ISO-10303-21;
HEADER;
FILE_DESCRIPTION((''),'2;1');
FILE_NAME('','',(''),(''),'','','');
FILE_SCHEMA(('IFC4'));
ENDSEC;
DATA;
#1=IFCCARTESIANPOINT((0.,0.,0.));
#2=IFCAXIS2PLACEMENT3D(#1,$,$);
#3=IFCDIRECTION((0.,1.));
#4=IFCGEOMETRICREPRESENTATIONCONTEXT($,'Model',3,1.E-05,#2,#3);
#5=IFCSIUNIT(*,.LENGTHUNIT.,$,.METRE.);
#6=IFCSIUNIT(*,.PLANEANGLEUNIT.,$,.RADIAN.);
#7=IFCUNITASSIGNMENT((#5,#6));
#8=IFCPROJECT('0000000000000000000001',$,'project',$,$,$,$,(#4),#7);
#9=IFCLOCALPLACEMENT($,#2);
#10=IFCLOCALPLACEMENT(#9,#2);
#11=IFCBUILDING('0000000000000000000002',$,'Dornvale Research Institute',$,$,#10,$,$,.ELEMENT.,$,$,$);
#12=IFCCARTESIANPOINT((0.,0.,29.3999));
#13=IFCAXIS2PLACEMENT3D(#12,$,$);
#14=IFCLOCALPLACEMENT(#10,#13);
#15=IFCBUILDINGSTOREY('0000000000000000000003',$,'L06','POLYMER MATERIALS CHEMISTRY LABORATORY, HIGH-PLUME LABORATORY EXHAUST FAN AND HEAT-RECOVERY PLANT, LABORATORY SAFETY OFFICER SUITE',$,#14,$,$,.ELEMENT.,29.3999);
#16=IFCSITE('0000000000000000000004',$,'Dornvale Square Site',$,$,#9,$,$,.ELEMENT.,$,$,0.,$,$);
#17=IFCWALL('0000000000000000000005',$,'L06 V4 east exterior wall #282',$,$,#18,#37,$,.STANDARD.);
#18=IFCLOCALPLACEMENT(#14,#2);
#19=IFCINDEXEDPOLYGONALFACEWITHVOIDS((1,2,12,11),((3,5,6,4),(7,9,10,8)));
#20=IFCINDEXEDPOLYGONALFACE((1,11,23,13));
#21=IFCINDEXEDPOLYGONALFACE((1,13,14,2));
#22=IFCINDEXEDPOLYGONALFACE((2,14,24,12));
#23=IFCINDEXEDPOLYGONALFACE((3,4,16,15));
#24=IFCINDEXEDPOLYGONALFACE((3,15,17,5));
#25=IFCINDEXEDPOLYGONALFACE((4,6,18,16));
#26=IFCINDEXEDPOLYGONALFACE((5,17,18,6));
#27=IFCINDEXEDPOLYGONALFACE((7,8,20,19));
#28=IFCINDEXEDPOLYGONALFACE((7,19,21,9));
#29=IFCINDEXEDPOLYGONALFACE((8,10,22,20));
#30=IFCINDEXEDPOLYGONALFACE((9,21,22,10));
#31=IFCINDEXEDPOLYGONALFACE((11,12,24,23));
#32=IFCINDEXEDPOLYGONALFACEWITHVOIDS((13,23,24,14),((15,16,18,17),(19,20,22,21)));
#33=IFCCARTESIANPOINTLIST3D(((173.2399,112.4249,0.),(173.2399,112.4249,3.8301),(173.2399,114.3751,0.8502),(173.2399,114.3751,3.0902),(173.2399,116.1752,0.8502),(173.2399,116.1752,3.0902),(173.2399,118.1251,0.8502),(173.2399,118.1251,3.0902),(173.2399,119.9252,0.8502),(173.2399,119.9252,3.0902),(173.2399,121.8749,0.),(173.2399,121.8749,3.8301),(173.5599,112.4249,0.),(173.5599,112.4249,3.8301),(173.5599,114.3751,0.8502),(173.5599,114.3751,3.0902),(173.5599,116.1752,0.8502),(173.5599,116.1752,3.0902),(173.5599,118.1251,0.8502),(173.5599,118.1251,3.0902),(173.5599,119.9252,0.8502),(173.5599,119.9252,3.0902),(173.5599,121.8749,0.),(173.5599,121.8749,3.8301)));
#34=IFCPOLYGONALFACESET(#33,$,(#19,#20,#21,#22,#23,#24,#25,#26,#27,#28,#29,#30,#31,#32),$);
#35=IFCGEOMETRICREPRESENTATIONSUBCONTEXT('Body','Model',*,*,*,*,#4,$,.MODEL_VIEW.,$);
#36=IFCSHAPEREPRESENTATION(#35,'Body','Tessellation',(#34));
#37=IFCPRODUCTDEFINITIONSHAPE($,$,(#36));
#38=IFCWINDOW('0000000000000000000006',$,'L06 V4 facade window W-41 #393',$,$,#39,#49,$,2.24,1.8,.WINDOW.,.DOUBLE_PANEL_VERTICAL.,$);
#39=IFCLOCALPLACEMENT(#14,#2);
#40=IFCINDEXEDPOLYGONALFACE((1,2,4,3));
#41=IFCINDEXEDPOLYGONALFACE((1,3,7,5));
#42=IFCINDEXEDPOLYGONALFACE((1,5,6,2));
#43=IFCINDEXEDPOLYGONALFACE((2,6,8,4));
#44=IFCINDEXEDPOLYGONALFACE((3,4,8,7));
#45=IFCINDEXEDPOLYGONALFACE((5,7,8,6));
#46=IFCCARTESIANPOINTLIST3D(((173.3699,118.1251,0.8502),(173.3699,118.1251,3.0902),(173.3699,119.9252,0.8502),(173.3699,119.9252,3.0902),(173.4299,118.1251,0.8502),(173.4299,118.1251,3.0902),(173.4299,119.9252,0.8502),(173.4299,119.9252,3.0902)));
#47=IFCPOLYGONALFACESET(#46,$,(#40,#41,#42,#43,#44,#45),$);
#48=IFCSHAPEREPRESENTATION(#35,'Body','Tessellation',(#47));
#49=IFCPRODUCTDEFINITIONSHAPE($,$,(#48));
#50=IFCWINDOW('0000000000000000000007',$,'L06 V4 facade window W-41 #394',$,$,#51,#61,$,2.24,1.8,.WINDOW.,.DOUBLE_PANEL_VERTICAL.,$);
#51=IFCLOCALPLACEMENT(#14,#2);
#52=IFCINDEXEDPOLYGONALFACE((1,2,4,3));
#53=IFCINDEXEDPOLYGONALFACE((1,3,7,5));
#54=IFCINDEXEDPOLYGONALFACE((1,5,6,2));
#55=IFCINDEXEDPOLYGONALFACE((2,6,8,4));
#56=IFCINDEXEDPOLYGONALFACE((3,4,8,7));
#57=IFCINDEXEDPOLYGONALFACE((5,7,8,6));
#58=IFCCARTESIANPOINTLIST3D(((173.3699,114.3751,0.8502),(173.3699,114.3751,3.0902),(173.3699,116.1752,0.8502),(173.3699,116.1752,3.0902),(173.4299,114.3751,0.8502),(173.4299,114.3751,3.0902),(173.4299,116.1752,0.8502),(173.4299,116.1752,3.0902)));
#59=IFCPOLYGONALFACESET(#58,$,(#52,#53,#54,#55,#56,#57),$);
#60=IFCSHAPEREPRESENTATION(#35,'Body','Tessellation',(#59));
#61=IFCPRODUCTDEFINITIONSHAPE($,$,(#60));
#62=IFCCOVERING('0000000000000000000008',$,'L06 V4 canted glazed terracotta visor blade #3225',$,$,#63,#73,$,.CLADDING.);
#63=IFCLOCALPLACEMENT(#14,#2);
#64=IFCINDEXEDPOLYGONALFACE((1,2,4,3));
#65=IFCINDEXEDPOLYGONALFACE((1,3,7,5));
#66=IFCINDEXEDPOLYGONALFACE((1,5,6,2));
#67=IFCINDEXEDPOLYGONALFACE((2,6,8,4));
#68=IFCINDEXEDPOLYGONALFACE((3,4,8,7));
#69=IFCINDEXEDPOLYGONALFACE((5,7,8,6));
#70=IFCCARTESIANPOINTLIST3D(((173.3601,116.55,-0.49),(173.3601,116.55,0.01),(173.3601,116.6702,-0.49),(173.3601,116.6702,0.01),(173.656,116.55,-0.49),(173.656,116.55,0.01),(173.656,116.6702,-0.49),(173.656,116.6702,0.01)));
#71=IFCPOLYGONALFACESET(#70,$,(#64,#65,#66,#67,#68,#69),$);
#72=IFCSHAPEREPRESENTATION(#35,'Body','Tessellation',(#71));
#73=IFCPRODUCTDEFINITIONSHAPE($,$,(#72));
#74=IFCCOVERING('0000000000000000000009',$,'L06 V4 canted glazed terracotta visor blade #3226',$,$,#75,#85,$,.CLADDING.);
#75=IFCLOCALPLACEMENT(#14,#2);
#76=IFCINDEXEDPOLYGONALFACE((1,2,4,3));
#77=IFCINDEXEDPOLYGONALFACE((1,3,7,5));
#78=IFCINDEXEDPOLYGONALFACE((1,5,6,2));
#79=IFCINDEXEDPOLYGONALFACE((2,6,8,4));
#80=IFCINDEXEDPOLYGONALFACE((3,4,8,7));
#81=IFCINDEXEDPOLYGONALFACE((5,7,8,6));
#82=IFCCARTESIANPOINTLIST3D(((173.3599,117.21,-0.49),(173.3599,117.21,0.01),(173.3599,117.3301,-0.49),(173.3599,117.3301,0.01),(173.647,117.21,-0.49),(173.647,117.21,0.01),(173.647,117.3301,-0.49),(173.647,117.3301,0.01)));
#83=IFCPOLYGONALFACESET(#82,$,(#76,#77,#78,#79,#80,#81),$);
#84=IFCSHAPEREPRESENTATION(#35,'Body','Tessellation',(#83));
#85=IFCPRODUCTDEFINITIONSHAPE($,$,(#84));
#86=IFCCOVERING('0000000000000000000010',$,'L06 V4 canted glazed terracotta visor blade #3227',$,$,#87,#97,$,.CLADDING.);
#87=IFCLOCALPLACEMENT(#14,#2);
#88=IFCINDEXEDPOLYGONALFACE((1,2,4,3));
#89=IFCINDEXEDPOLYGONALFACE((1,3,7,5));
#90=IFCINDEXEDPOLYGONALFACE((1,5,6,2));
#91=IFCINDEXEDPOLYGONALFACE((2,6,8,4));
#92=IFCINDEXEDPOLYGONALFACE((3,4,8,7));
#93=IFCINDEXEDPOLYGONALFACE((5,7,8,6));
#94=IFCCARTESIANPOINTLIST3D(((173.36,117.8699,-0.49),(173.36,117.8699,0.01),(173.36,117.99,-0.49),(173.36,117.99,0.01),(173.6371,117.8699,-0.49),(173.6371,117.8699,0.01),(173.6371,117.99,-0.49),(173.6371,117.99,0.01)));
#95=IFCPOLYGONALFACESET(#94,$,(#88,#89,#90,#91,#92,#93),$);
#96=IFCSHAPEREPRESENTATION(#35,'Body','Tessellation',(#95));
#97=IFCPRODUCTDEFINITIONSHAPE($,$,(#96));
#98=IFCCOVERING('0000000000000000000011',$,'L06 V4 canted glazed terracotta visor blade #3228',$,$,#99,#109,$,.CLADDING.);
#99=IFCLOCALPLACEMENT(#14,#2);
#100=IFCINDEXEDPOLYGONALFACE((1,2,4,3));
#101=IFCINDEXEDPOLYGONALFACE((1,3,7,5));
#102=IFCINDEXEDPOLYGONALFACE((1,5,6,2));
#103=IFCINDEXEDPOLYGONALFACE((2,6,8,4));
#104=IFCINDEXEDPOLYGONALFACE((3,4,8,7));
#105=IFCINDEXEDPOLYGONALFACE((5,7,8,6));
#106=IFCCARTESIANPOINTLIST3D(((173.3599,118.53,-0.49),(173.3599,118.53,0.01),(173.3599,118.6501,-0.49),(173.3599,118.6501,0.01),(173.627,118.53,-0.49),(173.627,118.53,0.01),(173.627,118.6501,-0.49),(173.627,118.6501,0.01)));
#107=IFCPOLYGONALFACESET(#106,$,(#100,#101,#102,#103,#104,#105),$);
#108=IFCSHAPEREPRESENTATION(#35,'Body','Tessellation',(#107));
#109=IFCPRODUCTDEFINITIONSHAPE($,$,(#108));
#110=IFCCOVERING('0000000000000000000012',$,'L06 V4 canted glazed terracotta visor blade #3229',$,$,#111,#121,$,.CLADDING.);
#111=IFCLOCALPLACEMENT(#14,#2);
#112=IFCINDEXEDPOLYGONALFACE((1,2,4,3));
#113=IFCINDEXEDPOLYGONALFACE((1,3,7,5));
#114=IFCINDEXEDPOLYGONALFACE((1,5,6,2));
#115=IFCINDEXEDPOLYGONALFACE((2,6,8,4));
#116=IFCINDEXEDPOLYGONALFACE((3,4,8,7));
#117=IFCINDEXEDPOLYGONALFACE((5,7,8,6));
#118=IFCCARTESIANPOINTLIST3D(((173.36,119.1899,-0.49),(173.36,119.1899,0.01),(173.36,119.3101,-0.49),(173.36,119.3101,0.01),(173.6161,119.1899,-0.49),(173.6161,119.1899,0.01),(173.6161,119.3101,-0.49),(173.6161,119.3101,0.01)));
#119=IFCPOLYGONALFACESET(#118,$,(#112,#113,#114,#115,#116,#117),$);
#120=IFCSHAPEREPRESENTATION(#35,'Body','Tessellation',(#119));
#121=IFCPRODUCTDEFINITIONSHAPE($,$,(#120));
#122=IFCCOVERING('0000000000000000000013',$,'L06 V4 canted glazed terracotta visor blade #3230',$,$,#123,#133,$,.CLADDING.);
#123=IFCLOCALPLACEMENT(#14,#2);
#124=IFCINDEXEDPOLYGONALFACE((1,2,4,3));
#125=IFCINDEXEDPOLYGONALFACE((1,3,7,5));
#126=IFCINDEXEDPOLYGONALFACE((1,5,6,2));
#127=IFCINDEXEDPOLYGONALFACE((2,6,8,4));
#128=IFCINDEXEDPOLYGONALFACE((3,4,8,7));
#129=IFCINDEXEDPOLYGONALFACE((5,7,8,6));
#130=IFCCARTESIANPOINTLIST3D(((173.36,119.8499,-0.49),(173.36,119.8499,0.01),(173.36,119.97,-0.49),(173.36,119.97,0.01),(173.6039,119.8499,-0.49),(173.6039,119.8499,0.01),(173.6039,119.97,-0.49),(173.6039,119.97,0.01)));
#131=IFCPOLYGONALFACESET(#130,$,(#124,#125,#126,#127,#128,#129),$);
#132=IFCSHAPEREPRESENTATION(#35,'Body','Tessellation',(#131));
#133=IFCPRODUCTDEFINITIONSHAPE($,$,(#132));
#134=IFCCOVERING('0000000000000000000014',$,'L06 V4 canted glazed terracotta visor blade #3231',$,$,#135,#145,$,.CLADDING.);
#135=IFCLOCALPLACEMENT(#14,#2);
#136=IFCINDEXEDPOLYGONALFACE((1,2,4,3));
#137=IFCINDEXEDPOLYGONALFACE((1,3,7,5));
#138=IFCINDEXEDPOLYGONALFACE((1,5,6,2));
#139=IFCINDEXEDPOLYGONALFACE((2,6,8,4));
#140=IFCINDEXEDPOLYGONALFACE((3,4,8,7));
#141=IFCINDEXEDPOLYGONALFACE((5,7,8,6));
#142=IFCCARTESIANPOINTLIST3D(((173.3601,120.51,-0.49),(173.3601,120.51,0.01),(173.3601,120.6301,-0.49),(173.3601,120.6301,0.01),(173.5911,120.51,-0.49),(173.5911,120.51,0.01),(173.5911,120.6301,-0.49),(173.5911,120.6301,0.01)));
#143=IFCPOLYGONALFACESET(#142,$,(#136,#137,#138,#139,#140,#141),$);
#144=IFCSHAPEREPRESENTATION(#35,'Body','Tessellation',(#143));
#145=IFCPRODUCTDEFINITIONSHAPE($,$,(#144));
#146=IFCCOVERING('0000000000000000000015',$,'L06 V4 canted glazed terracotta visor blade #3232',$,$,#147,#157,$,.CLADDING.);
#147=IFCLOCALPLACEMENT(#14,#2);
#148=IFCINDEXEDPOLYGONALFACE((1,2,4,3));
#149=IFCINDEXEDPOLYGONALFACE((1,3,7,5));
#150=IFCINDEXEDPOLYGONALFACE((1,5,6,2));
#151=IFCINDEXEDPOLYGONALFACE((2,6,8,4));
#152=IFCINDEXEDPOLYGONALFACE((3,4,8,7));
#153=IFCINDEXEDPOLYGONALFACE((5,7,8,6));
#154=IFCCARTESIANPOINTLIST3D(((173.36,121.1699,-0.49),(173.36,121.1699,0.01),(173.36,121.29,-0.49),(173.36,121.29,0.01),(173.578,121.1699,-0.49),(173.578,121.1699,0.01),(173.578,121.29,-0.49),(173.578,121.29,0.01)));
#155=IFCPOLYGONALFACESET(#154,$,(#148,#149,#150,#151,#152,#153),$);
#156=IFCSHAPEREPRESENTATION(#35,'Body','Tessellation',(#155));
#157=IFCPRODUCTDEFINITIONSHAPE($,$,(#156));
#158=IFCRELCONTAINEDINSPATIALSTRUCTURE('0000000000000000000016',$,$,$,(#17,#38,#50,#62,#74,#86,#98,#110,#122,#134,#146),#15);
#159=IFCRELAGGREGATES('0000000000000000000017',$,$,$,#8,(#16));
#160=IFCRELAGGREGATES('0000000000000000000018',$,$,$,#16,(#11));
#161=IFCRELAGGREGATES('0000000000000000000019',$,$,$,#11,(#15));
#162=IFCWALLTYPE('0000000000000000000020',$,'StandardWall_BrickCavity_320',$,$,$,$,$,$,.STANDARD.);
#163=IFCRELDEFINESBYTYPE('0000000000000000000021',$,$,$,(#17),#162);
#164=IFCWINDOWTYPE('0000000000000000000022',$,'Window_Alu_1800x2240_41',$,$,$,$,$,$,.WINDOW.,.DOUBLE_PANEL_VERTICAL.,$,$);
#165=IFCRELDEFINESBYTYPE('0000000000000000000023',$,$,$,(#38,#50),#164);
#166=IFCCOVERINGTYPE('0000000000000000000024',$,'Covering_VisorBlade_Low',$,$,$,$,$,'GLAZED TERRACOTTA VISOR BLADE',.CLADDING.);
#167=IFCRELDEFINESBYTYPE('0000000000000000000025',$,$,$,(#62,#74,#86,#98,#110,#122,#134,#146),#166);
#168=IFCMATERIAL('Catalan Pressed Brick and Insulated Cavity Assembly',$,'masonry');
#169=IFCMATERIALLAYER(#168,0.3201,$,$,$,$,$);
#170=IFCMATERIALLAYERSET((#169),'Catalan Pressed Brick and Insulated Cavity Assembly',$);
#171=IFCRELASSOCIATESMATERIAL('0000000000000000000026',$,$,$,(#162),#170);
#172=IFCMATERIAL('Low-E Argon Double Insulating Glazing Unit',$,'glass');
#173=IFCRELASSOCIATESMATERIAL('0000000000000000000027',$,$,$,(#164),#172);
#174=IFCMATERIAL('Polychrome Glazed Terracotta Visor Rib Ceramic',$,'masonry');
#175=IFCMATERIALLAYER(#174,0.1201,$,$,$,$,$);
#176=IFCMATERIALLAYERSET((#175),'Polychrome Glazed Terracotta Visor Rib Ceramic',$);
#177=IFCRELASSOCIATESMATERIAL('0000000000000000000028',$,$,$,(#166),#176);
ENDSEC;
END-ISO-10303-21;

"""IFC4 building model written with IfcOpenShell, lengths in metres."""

from ifc_helpers import new_model, si_unit, direction, frame, frame_2d, origin, origin_2d, place, context, subcontext, project, spatial, rectangle, extrude, material, layer, layer_set, type_object, element, fill, save


model = new_model("IFC4")

# Units and contexts
model_context = context("Model", 3, precision=1e-05, world=origin(), true_north=direction((0.0, 1.0)))
body_context = subcontext(model_context, "Body", "Model", "MODEL_VIEW")
ifc_project = project(units=[si_unit("LENGTHUNIT", "METRE"), si_unit("PLANEANGLEUNIT", "RADIAN")], contexts=[model_context])

# Site, building, storey
site_placement = place(None, origin())
site = spatial("IfcSite", under=ifc_project, at=site_placement, Name="Dornvale Square Site", CompositionType="ELEMENT", RefElevation=0.0)
building_placement = place(site_placement, origin())
building = spatial("IfcBuilding", under=site, at=building_placement, Name="Dornvale Research Institute", CompositionType="ELEMENT")
storey_placement = place(building_placement, frame((0.0, 0.0, 29.3999)))
storey = spatial("IfcBuildingStorey", under=building, at=storey_placement, Name="L06", Description="POLYMER MATERIALS CHEMISTRY LABORATORY, HIGH-PLUME LABORATORY EXHAUST FAN AND HEAT-RECOVERY PLANT, LABORATORY SAFETY OFFICER SUITE", CompositionType="ELEMENT", Elevation=29.3999)

# Wall, openings, windows
ifc_material_1 = material(Name="Catalan Pressed Brick and Insulated Cavity Assembly", Category="masonry")
ifc_layer_1 = layer(ifc_material_1, 0.3201)
ifc_layer_set_1 = layer_set([ifc_layer_1], Name="Catalan Pressed Brick and Insulated Cavity Assembly")
wall_type = type_object("IfcWallType", Name="StandardWall_BrickCavity_320", PredefinedType="STANDARD", material=ifc_layer_set_1)
wall_placement = place(storey_placement, frame((173.3999, 121.875, 0.0), z_axis=(0.0, 0.0, 1.0), x_axis=(0.0, -1.0, 0.0)))
wall = element("IfcWall", 1, at=wall_placement, inside=storey, type_object=wall_type, Name="L06 V4 east exterior wall #282", PredefinedType="STANDARD", context=body_context, shape_type="SweptSolid", body=[
    extrude(rectangle(XDim=9.45, YDim=0.3201, at=frame_2d((4.7251, 0.0))), origin(), (0.0, 0.0, 1.0), 3.8301),
])
opening_1_placement = place(wall_placement, frame((1.95, 0.0, 0.8501)))
opening_1 = element("IfcOpeningElement", 2, at=opening_1_placement, cuts=wall, PredefinedType="OPENING", context=body_context, shape_type="SweptSolid", body=[
    extrude(rectangle(XDim=1.8, YDim=2.24, at=frame_2d((0.8999, 1.1201))), frame((0.0, 0.175, 0.0), z_axis=(0.0, -1.0, 0.0), x_axis=(1.0, 0.0, 0.0)), (0.0, 0.0, 1.0), 0.3501),
])
opening_2_placement = place(wall_placement, frame((5.7, 0.0, 0.8501)))
opening_2 = element("IfcOpeningElement", 3, at=opening_2_placement, cuts=wall, PredefinedType="OPENING", context=body_context, shape_type="SweptSolid", body=[
    extrude(rectangle(XDim=1.8, YDim=2.24, at=frame_2d((0.8999, 1.1201))), frame((0.0, 0.175, 0.0), z_axis=(0.0, -1.0, 0.0), x_axis=(1.0, 0.0, 0.0)), (0.0, 0.0, 1.0), 0.3501),
])
ifc_material_2 = material(Name="Low-E Argon Double Insulating Glazing Unit", Category="glass")
window_type = type_object("IfcWindowType", Name="Window_Alu_1800x2240_41", PartitioningType="DOUBLE_PANEL_VERTICAL", PredefinedType="WINDOW", material=ifc_material_2)
window_1_placement = place(opening_1_placement, origin())
window_1 = element("IfcWindow", 4, at=window_1_placement, inside=storey, type_object=window_type, Name="L06 V4 facade window W-41 #393", OverallHeight=2.24, OverallWidth=1.8, PartitioningType="DOUBLE_PANEL_VERTICAL", PredefinedType="WINDOW", context=body_context, shape_type="SweptSolid", body=[
    extrude(rectangle(XDim=1.8, YDim=2.24, at=frame_2d((0.8999, 1.1201))), frame((0.0, 0.03, 0.0), z_axis=(0.0, -1.0, 0.0), x_axis=(1.0, 0.0, 0.0)), (0.0, 0.0, 1.0), 0.0601),
])
fill(opening_1, window_1)
window_2_placement = place(opening_2_placement, origin())
window_2 = element("IfcWindow", 5, at=window_2_placement, inside=storey, type_object=window_type, Name="L06 V4 facade window W-41 #394", OverallHeight=2.24, OverallWidth=1.8, PartitioningType="DOUBLE_PANEL_VERTICAL", PredefinedType="WINDOW", context=body_context, shape_type="SweptSolid", body=[
    extrude(rectangle(XDim=1.8, YDim=2.24, at=frame_2d((0.8999, 1.1201))), frame((0.0, 0.03, 0.0), z_axis=(0.0, -1.0, 0.0), x_axis=(1.0, 0.0, 0.0)), (0.0, 0.0, 1.0), 0.0601),
])
fill(opening_2, window_2)

# Coverings
ifc_material_3 = material(Name="Polychrome Glazed Terracotta Visor Rib Ceramic", Category="masonry")
ifc_layer_2 = layer(ifc_material_3, 0.1201)
ifc_layer_set_2 = layer_set([ifc_layer_2], Name="Polychrome Glazed Terracotta Visor Rib Ceramic")
covering_type = type_object("IfcCoveringType", Name="Covering_VisorBlade_Low", ElementType="GLAZED TERRACOTTA VISOR BLADE", PredefinedType="CLADDING", material=ifc_layer_set_2)
covering_1_placement = place(storey_placement, frame((173.5081, 116.6101, -0.49), z_axis=(0.0, 0.0, 1.0), x_axis=(1.0, 0.0, 0.0)))
element("IfcCovering", 6, at=covering_1_placement, inside=storey, type_object=covering_type, Name="L06 V4 canted glazed terracotta visor blade #3225", PredefinedType="CLADDING", context=body_context, shape_type="SweptSolid", body=[
    extrude(rectangle(XDim=0.2959, YDim=0.1201, at=origin_2d()), origin(), (0.0, 0.0, 1.0), 0.5),
])
covering_2_placement = place(storey_placement, frame((173.5034, 117.27, -0.49), z_axis=(0.0, 0.0, 1.0), x_axis=(1.0, 0.0, 0.0)))
element("IfcCovering", 7, at=covering_2_placement, inside=storey, type_object=covering_type, Name="L06 V4 canted glazed terracotta visor blade #3226", PredefinedType="CLADDING", context=body_context, shape_type="SweptSolid", body=[
    extrude(rectangle(XDim=0.2871, YDim=0.1201, at=origin_2d()), origin(), (0.0, 0.0, 1.0), 0.5),
])
covering_3_placement = place(storey_placement, frame((173.4985, 117.9299, -0.49), z_axis=(0.0, 0.0, 1.0), x_axis=(1.0, 0.0, 0.0)))
element("IfcCovering", 8, at=covering_3_placement, inside=storey, type_object=covering_type, Name="L06 V4 canted glazed terracotta visor blade #3227", PredefinedType="CLADDING", context=body_context, shape_type="SweptSolid", body=[
    extrude(rectangle(XDim=0.2771, YDim=0.1201, at=origin_2d()), origin(), (0.0, 0.0, 1.0), 0.5),
])
covering_4_placement = place(storey_placement, frame((173.4934, 118.5901, -0.49), z_axis=(0.0, 0.0, 1.0), x_axis=(1.0, 0.0, 0.0)))
element("IfcCovering", 9, at=covering_4_placement, inside=storey, type_object=covering_type, Name="L06 V4 canted glazed terracotta visor blade #3228", PredefinedType="CLADDING", context=body_context, shape_type="SweptSolid", body=[
    extrude(rectangle(XDim=0.2671, YDim=0.1201, at=origin_2d()), origin(), (0.0, 0.0, 1.0), 0.5),
])
covering_5_placement = place(storey_placement, frame((173.488, 119.25, -0.49), z_axis=(0.0, 0.0, 1.0), x_axis=(1.0, 0.0, 0.0)))
element("IfcCovering", 10, at=covering_5_placement, inside=storey, type_object=covering_type, Name="L06 V4 canted glazed terracotta visor blade #3229", PredefinedType="CLADDING", context=body_context, shape_type="SweptSolid", body=[
    extrude(rectangle(XDim=0.2561, YDim=0.1201, at=origin_2d()), origin(), (0.0, 0.0, 1.0), 0.5),
])
covering_6_placement = place(storey_placement, frame((173.4819, 119.9099, -0.49), z_axis=(0.0, 0.0, 1.0), x_axis=(1.0, 0.0, 0.0)))
element("IfcCovering", 11, at=covering_6_placement, inside=storey, type_object=covering_type, Name="L06 V4 canted glazed terracotta visor blade #3230", PredefinedType="CLADDING", context=body_context, shape_type="SweptSolid", body=[
    extrude(rectangle(XDim=0.2439, YDim=0.1201, at=origin_2d()), origin(), (0.0, 0.0, 1.0), 0.5),
])
covering_7_placement = place(storey_placement, frame((173.4756, 120.5701, -0.49), z_axis=(0.0, 0.0, 1.0), x_axis=(1.0, 0.0, 0.0)))
element("IfcCovering", 12, at=covering_7_placement, inside=storey, type_object=covering_type, Name="L06 V4 canted glazed terracotta visor blade #3231", PredefinedType="CLADDING", context=body_context, shape_type="SweptSolid", body=[
    extrude(rectangle(XDim=0.231, YDim=0.1201, at=origin_2d()), origin(), (0.0, 0.0, 1.0), 0.5),
])
covering_8_placement = place(storey_placement, frame((173.469, 121.23, -0.49), z_axis=(0.0, 0.0, 1.0), x_axis=(1.0, 0.0, 0.0)))
element("IfcCovering", 13, at=covering_8_placement, inside=storey, type_object=covering_type, Name="L06 V4 canted glazed terracotta visor blade #3232", PredefinedType="CLADDING", context=body_context, shape_type="SweptSolid", body=[
    extrude(rectangle(XDim=0.218, YDim=0.1201, at=origin_2d()), origin(), (0.0, 0.0, 1.0), 0.5),
])

save(model, "model.ifc")
